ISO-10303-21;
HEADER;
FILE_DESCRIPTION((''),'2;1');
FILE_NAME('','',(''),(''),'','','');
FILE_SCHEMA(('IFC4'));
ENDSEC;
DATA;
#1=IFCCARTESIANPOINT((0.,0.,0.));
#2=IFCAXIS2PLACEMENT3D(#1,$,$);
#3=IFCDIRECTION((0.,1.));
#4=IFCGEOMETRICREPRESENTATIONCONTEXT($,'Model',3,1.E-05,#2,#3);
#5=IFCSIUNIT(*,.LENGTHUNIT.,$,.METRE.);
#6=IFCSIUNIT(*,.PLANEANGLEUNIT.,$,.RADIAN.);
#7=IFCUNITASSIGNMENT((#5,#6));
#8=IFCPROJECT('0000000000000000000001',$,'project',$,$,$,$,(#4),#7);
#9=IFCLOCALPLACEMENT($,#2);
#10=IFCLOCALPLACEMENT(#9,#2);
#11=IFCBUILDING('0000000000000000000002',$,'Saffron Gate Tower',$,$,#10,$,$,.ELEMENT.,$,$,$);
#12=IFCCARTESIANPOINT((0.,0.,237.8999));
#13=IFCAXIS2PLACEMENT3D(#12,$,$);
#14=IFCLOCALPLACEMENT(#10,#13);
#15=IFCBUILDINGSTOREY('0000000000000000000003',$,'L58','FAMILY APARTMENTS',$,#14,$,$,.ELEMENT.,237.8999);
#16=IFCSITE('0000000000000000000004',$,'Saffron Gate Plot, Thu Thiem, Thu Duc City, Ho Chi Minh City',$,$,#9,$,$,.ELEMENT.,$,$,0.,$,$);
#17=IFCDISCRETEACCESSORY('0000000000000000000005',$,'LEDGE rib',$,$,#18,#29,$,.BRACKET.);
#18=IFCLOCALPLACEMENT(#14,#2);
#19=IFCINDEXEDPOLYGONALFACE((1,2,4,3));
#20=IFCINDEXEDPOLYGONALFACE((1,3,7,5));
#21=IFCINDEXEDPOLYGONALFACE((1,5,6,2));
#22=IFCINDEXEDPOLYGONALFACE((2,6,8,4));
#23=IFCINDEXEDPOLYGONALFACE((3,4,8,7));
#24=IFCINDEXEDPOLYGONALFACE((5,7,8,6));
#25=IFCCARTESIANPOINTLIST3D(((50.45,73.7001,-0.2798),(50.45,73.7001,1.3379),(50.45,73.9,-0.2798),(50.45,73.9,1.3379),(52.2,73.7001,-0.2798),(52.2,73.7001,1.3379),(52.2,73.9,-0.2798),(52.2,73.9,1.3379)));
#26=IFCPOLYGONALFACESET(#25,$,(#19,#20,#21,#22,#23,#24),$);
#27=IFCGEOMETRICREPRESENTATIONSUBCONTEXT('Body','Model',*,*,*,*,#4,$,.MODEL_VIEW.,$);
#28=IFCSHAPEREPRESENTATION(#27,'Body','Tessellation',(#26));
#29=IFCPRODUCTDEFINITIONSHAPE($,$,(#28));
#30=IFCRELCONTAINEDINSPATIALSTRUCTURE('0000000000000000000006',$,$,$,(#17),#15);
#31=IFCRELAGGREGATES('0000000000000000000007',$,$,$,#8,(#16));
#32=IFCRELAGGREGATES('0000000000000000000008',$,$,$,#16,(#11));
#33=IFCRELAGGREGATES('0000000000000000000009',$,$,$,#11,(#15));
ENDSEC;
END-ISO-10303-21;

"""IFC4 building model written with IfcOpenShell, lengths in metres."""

from ifc_helpers import new_model, si_unit, direction, frame, origin, origin_2d, place, context, subcontext, project, spatial, rectangle, extrude, element, save


model = new_model("IFC4")

# Units and contexts
model_context = context("Model", 3, precision=1e-05, world=origin(), true_north=direction((0.0, 1.0)))
body_context = subcontext(model_context, "Body", "Model", "MODEL_VIEW")
ifc_project = project(units=[si_unit("LENGTHUNIT", "METRE"), si_unit("PLANEANGLEUNIT", "RADIAN")], contexts=[model_context])

# Site, building, storey
site_placement = place(None, origin())
site = spatial("IfcSite", under=ifc_project, at=site_placement, Name="Saffron Gate Plot, Thu Thiem, Thu Duc City, Ho Chi Minh City", CompositionType="ELEMENT", RefElevation=0.0)
building_placement = place(site_placement, origin())
building = spatial("IfcBuilding", under=site, at=building_placement, Name="Saffron Gate Tower", CompositionType="ELEMENT")
storey_placement = place(building_placement, frame((0.0, 0.0, 237.8999)))
storey = spatial("IfcBuildingStorey", under=building, at=storey_placement, Name="L58", Description="FAMILY APARTMENTS", CompositionType="ELEMENT", Elevation=237.8999)

# Discrete accessory
discrete_accessory_1_placement = place(storey_placement, frame((51.325, 73.8, -0.2798), z_axis=(0.0, 0.0, 1.0), x_axis=(0.0, -1.0, 0.0)))
element("IfcDiscreteAccessory", 1, at=discrete_accessory_1_placement, inside=storey, Name="LEDGE rib", PredefinedType="BRACKET", context=body_context, shape_type="SweptSolid", body=[
    extrude(rectangle(XDim=0.2, YDim=1.75, at=origin_2d()), origin(), (0.0, 0.0, 1.0), 1.6177),
])

save(model, "model.ifc")
